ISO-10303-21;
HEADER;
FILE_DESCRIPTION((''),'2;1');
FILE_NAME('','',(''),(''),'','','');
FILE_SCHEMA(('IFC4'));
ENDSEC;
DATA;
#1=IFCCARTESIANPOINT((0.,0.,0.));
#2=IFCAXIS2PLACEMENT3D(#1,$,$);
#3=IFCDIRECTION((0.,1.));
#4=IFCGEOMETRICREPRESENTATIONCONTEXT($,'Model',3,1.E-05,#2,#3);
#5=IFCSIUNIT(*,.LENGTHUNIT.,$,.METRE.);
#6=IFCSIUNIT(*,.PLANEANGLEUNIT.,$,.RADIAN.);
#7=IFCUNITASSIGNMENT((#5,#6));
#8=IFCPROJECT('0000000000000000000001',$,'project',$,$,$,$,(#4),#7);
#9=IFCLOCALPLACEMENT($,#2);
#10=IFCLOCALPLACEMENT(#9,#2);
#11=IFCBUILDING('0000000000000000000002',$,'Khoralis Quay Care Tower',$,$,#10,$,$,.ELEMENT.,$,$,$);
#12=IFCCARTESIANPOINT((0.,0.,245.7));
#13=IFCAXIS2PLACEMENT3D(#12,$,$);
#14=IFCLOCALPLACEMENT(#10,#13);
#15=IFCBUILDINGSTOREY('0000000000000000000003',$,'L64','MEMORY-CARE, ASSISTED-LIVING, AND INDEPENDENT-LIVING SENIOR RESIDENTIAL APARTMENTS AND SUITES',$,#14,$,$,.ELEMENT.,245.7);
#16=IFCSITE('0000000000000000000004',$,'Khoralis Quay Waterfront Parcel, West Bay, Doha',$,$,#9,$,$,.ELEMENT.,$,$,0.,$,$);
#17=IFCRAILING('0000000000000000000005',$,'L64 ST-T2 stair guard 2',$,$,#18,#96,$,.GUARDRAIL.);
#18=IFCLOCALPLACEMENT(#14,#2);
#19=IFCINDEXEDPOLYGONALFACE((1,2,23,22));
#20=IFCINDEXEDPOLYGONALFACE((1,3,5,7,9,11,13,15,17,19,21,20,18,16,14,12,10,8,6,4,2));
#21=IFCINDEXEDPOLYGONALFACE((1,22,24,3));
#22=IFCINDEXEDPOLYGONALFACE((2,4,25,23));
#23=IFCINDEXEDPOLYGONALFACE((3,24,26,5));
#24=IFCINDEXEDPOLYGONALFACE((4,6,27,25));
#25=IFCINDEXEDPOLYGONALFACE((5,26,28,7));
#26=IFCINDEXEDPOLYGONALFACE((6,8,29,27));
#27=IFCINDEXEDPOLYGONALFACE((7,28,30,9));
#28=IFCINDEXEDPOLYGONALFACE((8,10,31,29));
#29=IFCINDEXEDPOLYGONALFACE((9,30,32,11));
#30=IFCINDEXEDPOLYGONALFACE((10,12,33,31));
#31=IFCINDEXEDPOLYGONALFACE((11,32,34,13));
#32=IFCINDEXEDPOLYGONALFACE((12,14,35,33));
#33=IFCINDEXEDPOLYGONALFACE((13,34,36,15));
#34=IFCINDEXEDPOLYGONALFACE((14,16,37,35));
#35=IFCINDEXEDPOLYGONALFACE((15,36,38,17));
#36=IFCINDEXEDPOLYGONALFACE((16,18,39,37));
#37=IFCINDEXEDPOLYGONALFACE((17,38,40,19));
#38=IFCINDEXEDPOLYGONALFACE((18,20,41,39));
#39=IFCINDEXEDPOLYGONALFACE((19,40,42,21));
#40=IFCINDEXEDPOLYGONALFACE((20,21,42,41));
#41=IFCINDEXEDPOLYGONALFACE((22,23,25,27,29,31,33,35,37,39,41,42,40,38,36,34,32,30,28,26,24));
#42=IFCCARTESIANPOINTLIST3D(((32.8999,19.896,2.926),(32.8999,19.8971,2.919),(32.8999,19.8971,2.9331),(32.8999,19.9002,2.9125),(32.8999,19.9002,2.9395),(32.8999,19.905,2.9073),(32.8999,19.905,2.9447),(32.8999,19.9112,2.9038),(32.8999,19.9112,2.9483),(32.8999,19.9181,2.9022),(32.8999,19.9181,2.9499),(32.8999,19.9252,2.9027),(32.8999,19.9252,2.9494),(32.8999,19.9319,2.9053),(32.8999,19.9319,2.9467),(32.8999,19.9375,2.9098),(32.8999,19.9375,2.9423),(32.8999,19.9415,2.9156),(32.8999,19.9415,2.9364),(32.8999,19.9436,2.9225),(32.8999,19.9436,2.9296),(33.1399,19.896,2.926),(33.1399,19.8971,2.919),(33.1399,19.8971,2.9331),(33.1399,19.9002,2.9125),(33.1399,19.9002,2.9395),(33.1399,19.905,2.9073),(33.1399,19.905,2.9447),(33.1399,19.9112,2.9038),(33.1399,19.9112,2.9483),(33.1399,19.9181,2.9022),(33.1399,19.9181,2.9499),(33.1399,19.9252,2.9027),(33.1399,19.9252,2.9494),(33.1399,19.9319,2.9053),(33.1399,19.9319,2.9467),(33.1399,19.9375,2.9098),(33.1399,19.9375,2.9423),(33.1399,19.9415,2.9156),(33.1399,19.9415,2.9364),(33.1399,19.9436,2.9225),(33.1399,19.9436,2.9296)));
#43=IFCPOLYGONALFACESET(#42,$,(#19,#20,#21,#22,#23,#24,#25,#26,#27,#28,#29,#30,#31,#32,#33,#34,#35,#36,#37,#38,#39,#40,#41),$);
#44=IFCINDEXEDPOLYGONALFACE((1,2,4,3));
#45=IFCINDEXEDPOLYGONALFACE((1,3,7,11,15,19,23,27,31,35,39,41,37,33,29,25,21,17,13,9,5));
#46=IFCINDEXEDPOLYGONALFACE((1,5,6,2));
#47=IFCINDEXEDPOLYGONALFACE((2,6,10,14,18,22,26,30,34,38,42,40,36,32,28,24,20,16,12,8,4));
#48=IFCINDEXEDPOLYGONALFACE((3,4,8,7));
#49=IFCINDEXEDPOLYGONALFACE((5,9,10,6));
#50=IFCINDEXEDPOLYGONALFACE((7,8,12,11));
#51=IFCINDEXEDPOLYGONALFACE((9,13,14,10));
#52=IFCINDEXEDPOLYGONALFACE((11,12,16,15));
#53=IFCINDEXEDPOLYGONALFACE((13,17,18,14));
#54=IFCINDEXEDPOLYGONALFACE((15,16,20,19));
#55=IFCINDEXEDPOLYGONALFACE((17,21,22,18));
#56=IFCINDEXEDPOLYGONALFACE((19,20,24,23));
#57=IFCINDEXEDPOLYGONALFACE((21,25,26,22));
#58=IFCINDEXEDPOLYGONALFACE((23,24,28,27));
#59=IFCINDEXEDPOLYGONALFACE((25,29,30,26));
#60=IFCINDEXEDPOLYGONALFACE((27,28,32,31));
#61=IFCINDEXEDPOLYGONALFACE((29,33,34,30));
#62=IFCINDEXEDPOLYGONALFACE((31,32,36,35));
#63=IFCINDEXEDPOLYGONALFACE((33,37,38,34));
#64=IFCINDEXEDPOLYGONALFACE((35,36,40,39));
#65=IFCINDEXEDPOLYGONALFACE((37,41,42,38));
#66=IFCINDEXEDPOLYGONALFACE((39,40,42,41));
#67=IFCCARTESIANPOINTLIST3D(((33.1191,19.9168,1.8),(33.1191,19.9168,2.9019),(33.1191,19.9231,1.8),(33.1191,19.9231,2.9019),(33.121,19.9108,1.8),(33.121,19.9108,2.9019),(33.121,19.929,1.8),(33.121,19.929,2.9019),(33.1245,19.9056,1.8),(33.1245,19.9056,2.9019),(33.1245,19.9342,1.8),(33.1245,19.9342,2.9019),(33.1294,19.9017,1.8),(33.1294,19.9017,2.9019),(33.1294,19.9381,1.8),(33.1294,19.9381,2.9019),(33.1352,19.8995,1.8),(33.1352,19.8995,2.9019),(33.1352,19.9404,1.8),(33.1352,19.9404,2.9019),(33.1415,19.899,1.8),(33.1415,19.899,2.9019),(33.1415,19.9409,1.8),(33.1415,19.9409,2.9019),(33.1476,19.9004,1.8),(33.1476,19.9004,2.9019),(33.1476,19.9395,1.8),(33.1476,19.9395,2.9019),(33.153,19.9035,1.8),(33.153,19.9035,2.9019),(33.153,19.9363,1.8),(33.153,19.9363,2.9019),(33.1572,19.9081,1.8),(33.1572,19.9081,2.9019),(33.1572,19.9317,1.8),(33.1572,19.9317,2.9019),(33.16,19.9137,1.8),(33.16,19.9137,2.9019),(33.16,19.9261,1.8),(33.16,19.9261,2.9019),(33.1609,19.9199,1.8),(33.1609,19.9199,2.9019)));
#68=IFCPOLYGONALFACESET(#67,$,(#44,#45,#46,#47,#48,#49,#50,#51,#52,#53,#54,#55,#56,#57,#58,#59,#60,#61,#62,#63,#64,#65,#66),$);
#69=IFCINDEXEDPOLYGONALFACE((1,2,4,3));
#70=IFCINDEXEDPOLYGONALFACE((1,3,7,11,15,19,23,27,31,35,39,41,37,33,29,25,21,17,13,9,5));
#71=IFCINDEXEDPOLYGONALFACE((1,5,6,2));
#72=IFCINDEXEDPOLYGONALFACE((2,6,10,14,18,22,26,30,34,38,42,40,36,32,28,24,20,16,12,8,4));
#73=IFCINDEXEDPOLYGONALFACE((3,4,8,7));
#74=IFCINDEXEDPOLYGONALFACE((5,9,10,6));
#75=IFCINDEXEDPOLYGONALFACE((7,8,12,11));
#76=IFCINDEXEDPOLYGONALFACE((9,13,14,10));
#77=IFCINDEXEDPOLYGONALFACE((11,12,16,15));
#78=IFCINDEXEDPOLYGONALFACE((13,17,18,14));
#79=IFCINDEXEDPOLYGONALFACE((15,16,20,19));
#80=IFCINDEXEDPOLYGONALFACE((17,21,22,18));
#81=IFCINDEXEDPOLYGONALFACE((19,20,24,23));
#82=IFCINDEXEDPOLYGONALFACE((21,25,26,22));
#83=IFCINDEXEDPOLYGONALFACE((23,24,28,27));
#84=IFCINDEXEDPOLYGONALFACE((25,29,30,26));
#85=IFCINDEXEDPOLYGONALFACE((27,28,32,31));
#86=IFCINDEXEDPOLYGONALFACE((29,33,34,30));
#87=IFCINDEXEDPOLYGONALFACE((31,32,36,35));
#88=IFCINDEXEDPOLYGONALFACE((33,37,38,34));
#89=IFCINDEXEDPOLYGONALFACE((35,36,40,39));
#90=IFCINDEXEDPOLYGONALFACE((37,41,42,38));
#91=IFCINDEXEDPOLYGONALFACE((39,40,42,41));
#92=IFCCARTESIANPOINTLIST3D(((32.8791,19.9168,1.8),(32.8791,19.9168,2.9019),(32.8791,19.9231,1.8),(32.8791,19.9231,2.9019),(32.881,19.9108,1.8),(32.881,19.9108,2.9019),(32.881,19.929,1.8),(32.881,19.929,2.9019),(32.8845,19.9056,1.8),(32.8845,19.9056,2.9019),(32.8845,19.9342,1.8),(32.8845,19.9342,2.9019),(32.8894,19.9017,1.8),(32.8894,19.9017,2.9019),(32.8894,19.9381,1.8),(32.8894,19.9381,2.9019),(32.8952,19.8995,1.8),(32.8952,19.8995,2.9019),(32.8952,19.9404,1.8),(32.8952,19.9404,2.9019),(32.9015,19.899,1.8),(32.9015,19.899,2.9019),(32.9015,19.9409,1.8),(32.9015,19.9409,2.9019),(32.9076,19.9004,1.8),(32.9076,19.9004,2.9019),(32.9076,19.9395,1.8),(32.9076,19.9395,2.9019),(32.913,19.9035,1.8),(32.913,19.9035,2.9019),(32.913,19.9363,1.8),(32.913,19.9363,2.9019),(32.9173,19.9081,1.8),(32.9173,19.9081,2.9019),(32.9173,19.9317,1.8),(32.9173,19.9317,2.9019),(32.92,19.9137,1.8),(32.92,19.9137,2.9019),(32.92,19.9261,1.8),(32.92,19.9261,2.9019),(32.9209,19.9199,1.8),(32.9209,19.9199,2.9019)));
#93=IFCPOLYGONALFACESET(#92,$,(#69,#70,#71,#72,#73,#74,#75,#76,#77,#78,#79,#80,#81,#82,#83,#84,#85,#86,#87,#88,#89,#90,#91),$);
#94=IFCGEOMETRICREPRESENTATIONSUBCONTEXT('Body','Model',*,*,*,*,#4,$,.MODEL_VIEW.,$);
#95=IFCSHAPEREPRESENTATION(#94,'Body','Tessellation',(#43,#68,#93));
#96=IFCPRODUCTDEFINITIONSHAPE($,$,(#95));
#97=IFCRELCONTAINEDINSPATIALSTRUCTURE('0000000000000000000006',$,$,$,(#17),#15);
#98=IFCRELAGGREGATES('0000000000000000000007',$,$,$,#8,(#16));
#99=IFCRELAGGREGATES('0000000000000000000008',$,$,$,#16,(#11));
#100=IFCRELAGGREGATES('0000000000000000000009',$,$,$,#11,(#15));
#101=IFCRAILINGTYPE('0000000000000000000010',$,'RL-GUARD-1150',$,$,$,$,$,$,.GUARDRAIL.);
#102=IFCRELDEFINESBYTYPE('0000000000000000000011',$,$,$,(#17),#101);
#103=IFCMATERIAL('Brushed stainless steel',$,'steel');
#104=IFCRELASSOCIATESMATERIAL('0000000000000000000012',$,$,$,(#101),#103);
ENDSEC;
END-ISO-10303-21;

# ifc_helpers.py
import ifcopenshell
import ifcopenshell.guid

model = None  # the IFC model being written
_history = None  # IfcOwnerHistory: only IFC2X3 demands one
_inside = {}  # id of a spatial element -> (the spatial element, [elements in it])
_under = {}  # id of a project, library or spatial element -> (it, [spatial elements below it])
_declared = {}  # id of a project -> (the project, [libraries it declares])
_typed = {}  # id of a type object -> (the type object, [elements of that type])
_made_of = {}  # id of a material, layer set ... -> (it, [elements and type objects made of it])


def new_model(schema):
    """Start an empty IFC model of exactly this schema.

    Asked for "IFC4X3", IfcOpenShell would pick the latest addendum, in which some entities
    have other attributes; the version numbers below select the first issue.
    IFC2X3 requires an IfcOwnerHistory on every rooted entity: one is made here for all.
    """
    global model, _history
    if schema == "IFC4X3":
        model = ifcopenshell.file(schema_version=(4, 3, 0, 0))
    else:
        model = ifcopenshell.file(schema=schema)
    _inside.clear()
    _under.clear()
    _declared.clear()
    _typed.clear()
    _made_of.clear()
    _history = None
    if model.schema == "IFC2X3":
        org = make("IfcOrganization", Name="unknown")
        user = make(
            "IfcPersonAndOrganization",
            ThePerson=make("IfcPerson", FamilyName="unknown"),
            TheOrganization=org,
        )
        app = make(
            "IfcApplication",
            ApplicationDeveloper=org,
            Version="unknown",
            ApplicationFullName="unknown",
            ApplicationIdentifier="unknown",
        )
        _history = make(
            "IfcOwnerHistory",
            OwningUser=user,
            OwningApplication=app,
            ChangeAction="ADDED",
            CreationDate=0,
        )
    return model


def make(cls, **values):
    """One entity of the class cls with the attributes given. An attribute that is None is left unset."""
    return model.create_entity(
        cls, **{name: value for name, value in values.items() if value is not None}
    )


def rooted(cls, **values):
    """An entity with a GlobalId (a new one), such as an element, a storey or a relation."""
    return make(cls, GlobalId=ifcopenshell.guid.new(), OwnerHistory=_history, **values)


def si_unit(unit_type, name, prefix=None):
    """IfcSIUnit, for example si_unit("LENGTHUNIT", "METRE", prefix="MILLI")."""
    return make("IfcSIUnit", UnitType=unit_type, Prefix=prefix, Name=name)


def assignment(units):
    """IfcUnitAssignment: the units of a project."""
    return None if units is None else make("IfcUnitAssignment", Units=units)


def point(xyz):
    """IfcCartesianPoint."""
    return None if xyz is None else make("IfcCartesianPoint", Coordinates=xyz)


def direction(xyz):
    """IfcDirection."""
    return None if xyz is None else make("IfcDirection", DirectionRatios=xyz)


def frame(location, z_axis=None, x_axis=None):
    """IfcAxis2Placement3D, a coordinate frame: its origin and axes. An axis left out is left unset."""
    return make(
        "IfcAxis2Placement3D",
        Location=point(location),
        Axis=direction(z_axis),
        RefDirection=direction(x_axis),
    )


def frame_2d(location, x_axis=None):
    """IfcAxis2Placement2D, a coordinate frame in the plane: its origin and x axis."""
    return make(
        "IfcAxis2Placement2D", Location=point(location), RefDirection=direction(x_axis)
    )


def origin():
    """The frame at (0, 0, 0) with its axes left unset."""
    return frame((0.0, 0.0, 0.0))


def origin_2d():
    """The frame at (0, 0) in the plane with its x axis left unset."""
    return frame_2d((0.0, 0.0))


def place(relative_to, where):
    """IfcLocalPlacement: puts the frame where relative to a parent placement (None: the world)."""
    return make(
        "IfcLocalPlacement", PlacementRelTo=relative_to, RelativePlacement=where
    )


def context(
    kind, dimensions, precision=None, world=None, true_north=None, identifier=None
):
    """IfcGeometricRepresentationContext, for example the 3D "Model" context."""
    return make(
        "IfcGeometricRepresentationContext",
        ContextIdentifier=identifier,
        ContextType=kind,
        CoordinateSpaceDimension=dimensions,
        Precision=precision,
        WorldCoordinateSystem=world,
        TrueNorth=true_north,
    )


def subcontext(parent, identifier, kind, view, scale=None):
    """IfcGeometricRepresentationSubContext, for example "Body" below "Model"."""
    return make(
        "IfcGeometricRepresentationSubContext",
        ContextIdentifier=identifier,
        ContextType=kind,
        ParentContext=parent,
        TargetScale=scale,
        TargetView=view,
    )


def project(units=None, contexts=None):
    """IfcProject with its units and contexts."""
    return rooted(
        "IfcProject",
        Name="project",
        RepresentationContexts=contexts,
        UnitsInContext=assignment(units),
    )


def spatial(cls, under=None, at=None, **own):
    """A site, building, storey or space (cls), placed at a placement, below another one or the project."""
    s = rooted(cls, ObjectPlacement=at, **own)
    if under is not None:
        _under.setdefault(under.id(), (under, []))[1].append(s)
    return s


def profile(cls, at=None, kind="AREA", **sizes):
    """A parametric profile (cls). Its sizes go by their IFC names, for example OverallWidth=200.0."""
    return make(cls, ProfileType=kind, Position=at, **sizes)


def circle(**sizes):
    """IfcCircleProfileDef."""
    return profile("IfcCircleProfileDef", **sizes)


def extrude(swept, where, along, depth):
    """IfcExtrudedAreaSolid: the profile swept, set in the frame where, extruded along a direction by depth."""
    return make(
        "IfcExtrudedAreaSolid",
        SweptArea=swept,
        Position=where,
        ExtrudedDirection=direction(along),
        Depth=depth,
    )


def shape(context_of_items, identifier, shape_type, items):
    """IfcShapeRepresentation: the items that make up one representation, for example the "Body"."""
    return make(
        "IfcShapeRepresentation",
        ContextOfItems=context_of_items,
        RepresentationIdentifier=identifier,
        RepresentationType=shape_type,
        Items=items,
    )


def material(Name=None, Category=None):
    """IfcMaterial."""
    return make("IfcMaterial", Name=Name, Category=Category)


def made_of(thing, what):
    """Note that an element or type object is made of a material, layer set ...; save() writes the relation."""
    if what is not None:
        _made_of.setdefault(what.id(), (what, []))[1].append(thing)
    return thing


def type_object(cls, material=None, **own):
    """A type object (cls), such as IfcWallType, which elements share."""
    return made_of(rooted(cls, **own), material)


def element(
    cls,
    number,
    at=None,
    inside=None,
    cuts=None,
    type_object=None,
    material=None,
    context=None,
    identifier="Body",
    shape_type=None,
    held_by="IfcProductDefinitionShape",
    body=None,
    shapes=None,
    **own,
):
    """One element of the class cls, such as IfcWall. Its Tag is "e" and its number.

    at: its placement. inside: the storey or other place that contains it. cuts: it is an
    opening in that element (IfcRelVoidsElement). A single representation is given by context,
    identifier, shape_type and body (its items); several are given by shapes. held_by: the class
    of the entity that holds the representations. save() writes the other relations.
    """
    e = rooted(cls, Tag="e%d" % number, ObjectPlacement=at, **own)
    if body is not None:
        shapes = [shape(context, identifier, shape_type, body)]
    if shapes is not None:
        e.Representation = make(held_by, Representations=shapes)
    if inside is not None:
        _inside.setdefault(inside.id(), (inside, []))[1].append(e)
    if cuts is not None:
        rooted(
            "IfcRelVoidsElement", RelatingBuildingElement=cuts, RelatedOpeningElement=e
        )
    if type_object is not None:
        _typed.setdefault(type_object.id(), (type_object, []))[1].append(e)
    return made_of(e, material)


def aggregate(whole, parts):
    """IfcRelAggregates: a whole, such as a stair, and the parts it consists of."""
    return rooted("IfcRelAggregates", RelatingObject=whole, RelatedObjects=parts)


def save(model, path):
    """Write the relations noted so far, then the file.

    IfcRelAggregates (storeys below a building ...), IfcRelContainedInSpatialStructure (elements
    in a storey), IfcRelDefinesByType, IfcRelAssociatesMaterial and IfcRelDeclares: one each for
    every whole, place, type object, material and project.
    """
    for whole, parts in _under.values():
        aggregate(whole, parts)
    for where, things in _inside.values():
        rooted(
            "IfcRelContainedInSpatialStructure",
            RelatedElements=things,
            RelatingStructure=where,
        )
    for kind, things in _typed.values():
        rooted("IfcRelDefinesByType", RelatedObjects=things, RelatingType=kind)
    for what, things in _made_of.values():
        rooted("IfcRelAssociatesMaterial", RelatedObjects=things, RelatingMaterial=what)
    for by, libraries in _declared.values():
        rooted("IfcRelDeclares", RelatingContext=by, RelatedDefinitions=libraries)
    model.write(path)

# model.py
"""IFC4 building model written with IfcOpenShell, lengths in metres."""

from ifc_helpers import new_model, si_unit, direction, frame, origin, origin_2d, place, context, subcontext, project, spatial, circle, extrude, material, type_object, element, save


model = new_model("IFC4")

# Units and contexts
model_context = context("Model", 3, precision=1e-05, world=origin(), true_north=direction((0.0, 1.0)))
body_context = subcontext(model_context, "Body", "Model", "MODEL_VIEW")
ifc_project = project(units=[si_unit("LENGTHUNIT", "METRE"), si_unit("PLANEANGLEUNIT", "RADIAN")], contexts=[model_context])

# Site, building, storey
site_placement = place(None, origin())
site = spatial("IfcSite", under=ifc_project, at=site_placement, Name="Khoralis Quay Waterfront Parcel, West Bay, Doha", CompositionType="ELEMENT", RefElevation=0.0)
building_placement = place(site_placement, origin())
building = spatial("IfcBuilding", under=site, at=building_placement, Name="Khoralis Quay Care Tower", CompositionType="ELEMENT")
storey_placement = place(building_placement, frame((0.0, 0.0, 245.7)))
storey = spatial("IfcBuildingStorey", under=building, at=storey_placement, Name="L64", Description="MEMORY-CARE, ASSISTED-LIVING, AND INDEPENDENT-LIVING SENIOR RESIDENTIAL APARTMENTS AND SUITES", CompositionType="ELEMENT", Elevation=245.7)

# Shared definitions
ifc_material_1 = material(Name="Brushed stainless steel", Category="steel")

# Railing
railing_type_1 = type_object("IfcRailingType", Name="RL-GUARD-1150", PredefinedType="GUARDRAIL", material=ifc_material_1)
railing_1_placement = place(storey_placement, frame((33.1399, 19.9199, 1.8)))
element("IfcRailing", 1, at=railing_1_placement, inside=storey, type_object=railing_type_1, Name="L64 ST-T2 stair guard 2", PredefinedType="GUARDRAIL", context=body_context, shape_type="SweptSolid", body=[
    extrude(circle(Radius=0.0239, at=origin_2d()), frame((0.0, 0.0, 1.126), z_axis=(-1.0, 0.0, 0.0), x_axis=(0.0, -1.0, 0.0)), (0.0, 0.0, 1.0), 0.24),
    extrude(circle(Radius=0.021, at=origin_2d()), origin(), (0.0, 0.0, 1.0), 1.1018),
    extrude(circle(Radius=0.021, at=origin_2d()), frame((-0.24, 0.0, 0.0)), (0.0, 0.0, 1.0), 1.1018),
])

save(model, "model.ifc")
